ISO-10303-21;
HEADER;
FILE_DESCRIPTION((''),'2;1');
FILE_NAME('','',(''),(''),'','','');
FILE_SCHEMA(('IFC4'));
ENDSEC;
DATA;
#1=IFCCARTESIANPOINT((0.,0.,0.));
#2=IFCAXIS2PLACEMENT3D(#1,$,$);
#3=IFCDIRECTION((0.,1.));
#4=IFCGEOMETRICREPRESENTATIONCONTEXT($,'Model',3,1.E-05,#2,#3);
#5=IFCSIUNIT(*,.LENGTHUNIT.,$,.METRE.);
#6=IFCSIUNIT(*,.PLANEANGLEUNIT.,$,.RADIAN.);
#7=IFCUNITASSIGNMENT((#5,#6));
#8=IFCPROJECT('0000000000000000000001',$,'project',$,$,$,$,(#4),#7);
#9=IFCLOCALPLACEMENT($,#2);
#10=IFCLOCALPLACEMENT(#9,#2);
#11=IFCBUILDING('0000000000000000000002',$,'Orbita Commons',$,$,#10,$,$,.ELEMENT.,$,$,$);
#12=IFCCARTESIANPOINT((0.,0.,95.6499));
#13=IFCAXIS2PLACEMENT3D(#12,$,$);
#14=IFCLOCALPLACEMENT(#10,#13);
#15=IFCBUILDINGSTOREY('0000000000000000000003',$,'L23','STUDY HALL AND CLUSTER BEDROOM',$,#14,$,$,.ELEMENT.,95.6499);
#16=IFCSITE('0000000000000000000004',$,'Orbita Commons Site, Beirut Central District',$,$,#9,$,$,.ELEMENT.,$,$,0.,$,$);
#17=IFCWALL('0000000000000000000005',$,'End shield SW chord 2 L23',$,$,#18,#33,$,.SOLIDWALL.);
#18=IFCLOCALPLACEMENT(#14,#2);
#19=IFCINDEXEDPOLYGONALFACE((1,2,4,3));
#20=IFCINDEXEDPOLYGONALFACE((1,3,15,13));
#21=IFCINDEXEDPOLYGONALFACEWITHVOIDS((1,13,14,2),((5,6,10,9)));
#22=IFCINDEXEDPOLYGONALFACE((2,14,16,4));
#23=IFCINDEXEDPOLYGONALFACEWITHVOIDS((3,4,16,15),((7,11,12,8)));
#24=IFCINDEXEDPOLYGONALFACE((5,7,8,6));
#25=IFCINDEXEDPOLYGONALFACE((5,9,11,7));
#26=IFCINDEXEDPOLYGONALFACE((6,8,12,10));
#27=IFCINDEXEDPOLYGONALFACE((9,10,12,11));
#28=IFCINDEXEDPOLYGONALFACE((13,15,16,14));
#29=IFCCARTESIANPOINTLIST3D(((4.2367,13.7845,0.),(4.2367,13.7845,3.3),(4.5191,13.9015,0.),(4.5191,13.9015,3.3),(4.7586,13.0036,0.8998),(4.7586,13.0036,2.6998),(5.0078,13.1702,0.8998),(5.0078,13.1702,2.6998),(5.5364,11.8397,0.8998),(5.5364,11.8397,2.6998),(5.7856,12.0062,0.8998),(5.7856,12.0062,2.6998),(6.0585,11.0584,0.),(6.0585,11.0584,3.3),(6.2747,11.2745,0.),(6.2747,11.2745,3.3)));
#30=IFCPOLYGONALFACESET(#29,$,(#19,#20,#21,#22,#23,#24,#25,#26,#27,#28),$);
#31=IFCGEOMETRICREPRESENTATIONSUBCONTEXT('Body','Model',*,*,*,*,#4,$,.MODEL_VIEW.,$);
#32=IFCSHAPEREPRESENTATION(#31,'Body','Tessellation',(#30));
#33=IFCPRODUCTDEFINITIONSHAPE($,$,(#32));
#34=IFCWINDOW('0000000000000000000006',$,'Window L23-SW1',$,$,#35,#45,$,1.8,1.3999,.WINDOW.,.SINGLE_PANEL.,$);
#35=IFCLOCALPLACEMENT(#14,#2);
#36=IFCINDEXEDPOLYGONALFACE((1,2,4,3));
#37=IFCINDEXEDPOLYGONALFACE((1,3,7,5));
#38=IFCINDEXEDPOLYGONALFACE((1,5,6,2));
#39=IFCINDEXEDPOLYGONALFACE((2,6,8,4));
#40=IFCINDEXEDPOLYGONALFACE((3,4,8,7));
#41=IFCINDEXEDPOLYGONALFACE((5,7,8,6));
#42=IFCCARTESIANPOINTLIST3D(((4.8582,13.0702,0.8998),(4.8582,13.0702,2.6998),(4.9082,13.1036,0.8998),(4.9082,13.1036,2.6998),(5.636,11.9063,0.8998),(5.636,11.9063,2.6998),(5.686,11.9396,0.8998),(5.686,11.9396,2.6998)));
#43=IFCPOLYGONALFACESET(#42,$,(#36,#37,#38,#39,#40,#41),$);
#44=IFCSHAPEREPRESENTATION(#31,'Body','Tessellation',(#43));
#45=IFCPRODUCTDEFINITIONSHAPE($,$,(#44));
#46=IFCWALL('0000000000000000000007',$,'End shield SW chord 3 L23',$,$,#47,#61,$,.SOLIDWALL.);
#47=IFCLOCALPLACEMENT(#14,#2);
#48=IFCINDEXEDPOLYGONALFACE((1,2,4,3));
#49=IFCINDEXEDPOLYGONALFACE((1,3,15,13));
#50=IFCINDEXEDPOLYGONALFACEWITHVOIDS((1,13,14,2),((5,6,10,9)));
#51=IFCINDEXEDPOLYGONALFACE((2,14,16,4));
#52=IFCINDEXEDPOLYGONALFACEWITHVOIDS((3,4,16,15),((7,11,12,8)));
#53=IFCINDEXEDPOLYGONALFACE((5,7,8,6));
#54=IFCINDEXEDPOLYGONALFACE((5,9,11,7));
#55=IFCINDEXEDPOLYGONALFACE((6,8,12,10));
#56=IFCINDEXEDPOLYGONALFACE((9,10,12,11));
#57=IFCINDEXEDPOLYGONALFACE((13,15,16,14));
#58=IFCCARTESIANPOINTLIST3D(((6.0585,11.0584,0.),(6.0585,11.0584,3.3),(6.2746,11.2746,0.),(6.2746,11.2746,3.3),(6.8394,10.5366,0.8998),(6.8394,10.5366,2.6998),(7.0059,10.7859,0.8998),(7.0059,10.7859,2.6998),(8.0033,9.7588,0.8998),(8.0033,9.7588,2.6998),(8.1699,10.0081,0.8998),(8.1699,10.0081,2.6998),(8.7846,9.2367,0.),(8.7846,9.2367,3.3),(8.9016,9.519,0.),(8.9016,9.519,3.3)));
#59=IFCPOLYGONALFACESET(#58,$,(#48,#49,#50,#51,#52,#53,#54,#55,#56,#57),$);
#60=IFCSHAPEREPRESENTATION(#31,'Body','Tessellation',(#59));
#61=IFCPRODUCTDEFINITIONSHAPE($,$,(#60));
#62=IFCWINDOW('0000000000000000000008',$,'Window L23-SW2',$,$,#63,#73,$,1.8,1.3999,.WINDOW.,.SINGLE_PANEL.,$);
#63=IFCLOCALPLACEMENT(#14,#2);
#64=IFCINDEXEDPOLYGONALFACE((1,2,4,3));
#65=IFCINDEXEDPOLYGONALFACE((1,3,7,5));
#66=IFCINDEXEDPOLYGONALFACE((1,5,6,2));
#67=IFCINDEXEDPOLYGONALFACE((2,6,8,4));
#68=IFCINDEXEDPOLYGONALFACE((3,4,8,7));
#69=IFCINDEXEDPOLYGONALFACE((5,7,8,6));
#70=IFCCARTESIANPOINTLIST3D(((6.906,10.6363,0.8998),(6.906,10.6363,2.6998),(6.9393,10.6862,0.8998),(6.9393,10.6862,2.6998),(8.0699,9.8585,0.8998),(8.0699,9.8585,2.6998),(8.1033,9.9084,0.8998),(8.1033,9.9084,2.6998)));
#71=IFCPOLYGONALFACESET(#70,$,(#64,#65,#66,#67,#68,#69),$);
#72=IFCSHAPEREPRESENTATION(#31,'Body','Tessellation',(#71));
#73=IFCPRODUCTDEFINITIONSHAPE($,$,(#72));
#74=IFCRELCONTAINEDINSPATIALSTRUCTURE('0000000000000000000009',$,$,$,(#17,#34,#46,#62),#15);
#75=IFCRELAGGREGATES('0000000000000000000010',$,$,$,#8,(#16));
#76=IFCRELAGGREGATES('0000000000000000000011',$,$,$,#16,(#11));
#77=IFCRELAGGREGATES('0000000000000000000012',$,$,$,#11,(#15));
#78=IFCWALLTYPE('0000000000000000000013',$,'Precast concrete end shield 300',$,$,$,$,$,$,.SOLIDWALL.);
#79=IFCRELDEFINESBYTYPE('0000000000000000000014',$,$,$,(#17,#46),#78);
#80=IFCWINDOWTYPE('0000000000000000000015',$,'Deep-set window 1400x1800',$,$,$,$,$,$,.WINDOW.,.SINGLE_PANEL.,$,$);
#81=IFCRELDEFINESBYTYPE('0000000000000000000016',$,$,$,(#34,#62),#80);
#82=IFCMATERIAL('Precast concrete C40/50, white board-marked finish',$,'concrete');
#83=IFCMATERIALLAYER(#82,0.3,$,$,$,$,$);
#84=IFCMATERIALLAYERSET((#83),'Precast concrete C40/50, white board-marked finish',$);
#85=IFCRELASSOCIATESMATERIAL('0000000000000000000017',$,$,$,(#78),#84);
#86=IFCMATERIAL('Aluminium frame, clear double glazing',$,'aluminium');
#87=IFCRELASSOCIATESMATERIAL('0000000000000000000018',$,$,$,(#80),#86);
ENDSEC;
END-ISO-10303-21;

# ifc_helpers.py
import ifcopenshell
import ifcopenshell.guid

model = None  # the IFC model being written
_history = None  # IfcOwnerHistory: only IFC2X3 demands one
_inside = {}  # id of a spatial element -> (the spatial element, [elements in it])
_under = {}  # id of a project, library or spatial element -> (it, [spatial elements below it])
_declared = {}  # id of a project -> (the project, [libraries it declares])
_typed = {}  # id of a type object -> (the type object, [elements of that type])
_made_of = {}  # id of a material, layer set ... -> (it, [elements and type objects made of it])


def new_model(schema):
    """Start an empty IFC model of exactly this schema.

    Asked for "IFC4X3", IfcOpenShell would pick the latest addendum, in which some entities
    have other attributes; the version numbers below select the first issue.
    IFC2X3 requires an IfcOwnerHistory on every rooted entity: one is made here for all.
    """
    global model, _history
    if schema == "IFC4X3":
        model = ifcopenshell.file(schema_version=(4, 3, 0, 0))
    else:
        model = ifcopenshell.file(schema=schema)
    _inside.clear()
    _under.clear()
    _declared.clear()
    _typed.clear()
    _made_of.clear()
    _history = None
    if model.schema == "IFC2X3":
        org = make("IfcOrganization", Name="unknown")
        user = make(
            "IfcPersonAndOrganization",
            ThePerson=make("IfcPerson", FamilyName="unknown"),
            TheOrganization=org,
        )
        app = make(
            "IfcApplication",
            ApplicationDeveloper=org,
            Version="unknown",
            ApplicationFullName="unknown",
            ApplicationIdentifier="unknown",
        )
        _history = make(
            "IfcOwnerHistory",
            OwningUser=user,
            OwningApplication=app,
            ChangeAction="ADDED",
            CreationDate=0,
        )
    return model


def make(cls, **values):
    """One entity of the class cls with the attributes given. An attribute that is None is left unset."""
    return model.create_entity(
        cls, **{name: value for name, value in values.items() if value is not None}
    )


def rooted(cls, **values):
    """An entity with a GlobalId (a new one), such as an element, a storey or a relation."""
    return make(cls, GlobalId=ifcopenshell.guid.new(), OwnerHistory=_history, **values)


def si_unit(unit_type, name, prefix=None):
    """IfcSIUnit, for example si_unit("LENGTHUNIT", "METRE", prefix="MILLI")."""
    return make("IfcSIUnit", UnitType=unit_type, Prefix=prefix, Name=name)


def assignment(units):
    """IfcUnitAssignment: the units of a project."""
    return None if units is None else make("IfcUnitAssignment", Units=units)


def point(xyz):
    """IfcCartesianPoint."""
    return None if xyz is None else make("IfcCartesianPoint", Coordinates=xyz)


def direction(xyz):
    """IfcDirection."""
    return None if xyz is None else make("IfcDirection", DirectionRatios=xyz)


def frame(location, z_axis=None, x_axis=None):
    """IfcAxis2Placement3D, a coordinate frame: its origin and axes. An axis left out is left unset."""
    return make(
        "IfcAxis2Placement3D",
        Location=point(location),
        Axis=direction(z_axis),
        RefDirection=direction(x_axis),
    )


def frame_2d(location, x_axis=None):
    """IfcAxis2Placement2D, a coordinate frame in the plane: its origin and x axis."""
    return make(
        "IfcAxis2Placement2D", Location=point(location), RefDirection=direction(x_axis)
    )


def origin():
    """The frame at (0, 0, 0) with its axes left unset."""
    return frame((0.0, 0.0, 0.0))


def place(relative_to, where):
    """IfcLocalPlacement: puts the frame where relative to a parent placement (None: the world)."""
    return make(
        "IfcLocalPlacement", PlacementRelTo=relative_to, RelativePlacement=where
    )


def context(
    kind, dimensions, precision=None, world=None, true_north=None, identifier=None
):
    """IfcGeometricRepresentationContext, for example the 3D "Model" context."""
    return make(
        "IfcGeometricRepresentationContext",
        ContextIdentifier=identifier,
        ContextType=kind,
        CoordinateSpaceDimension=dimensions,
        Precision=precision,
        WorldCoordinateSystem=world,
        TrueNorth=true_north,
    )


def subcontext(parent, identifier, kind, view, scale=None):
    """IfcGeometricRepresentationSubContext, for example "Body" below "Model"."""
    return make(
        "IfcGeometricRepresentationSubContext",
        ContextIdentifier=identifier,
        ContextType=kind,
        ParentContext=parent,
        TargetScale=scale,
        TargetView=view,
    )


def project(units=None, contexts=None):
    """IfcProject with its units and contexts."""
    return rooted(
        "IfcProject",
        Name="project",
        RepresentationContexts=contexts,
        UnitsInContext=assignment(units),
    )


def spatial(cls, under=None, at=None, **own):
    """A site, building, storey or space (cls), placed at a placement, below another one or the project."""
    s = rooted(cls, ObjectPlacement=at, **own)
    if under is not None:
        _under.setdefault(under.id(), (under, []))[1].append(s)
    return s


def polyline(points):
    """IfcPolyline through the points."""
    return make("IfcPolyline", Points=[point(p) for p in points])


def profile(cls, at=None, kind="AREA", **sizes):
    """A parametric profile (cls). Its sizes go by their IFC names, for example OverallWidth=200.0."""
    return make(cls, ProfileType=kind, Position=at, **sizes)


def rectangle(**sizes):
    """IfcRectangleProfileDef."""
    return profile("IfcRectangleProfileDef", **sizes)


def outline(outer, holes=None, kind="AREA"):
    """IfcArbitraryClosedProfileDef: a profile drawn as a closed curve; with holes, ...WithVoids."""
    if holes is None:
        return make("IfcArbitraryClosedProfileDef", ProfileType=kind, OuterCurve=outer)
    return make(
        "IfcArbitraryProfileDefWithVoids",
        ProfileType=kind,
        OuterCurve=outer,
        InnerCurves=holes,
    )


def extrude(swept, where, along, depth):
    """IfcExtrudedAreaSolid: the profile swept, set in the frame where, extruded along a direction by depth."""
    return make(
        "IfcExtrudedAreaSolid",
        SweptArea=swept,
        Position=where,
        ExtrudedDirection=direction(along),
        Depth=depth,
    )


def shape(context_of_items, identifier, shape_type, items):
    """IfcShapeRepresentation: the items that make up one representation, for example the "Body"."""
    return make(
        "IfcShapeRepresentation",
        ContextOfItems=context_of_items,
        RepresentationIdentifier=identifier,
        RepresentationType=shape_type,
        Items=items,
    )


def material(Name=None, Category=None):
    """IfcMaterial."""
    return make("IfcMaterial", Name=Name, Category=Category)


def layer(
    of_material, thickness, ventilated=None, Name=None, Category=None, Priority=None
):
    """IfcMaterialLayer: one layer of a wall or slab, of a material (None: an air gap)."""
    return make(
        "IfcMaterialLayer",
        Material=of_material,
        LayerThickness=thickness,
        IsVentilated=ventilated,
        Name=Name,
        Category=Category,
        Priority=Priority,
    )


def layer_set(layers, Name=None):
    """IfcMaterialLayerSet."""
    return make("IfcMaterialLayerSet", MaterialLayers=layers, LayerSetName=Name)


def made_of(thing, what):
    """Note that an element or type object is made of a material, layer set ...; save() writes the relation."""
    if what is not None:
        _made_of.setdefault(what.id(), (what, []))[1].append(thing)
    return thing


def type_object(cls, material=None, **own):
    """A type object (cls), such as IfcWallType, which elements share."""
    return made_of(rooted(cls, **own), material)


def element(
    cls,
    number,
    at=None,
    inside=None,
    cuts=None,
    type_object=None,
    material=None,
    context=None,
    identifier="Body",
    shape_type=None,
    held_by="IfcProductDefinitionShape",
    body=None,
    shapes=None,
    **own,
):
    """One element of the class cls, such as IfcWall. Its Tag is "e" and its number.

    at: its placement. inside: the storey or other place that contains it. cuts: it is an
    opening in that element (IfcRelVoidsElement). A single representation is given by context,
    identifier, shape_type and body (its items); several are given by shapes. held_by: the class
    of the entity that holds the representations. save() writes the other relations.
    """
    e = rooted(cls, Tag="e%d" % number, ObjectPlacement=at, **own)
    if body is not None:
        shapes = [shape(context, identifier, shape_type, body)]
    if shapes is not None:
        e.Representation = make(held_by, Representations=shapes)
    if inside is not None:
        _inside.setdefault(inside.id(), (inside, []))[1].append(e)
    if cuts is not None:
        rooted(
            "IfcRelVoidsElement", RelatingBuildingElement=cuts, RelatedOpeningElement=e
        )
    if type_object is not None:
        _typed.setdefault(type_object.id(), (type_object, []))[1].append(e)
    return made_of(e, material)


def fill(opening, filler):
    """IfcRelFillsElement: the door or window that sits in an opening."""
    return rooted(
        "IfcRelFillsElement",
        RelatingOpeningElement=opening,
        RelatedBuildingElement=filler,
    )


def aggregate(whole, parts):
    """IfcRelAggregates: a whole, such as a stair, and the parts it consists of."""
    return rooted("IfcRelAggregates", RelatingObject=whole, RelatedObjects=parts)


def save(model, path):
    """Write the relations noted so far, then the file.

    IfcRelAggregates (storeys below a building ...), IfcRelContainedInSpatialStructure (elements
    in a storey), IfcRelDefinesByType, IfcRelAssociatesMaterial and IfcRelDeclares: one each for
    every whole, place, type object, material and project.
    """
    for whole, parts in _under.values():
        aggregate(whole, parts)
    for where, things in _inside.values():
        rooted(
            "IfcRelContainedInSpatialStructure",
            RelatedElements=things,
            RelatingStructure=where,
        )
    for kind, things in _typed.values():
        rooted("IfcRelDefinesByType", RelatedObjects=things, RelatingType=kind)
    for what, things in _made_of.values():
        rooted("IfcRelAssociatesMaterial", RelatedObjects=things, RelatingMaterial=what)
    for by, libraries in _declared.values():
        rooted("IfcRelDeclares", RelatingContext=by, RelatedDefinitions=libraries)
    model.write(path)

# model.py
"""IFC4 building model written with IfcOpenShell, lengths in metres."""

from ifc_helpers import new_model, si_unit, direction, frame, frame_2d, origin, place, context, subcontext, project, spatial, polyline, rectangle, outline, extrude, material, layer, layer_set, type_object, element, fill, save


model = new_model("IFC4")

# Units and contexts
model_context = context("Model", 3, precision=1e-05, world=origin(), true_north=direction((0.0, 1.0)))
body_context = subcontext(model_context, "Body", "Model", "MODEL_VIEW")
ifc_project = project(units=[si_unit("LENGTHUNIT", "METRE"), si_unit("PLANEANGLEUNIT", "RADIAN")], contexts=[model_context])

# Site, building, storey
site_placement = place(None, origin())
site = spatial("IfcSite", under=ifc_project, at=site_placement, Name="Orbita Commons Site, Beirut Central District", CompositionType="ELEMENT", RefElevation=0.0)
building_placement = place(site_placement, origin())
building = spatial("IfcBuilding", under=site, at=building_placement, Name="Orbita Commons", CompositionType="ELEMENT")
storey_placement = place(building_placement, frame((0.0, 0.0, 95.6499)))
storey = spatial("IfcBuildingStorey", under=building, at=storey_placement, Name="L23", Description="STUDY HALL AND CLUSTER BEDROOM", CompositionType="ELEMENT", Elevation=95.6499)

# Walls, openings, windows
ifc_material_1 = material(Name="Precast concrete C40/50, white board-marked finish", Category="concrete")
ifc_layer_1 = layer(ifc_material_1, 0.3)
ifc_layer_set_1 = layer_set([ifc_layer_1], Name="Precast concrete C40/50, white board-marked finish")
wall_type_1 = type_object("IfcWallType", Name="Precast concrete end shield 300", PredefinedType="SOLIDWALL", material=ifc_layer_set_1)
ifc_material_2 = material(Name="Aluminium frame, clear double glazing", Category="aluminium")
window_type = type_object("IfcWindowType", Name="Deep-set window 1400x1800", PartitioningType="SINGLE_PANEL", PredefinedType="WINDOW", material=ifc_material_2)
wall_1_placement = place(storey_placement, frame((4.3779, 13.843, 0.0), z_axis=(0.0, 0.0, 1.0), x_axis=(0.55561, -0.831443, 0.0)))
wall_1 = element("IfcWall", 1, at=wall_1_placement, inside=storey, type_object=wall_type_1, Name="End shield SW chord 2 L23", PredefinedType="SOLIDWALL", context=body_context, shape_type="SweptSolid", body=[
    extrude(outline(polyline([(-0.0298, -0.1499), (3.249, -0.1499), (3.1895, 0.1499), (0.0298, 0.1499), (-0.0298, -0.1499)])), origin(), (0.0, 0.0, 1.0), 3.3),
])
opening_1_placement = place(wall_1_placement, frame((0.9094, 0.0, 0.8999)))
opening_1 = element("IfcOpeningElement", 2, at=opening_1_placement, cuts=wall_1, PredefinedType="OPENING", context=body_context, shape_type="SweptSolid", body=[
    extrude(rectangle(XDim=1.3999, YDim=1.8, at=frame_2d((0.7, 0.8999))), frame((0.0, 0.1599, 0.0), z_axis=(0.0, -1.0, 0.0), x_axis=(1.0, 0.0, 0.0)), (0.0, 0.0, 1.0), 0.3201),
])
window_1_placement = place(opening_1_placement, origin())
window_1 = element("IfcWindow", 3, at=window_1_placement, inside=storey, type_object=window_type, Name="Window L23-SW1", OverallHeight=1.8, OverallWidth=1.3999, PartitioningType="SINGLE_PANEL", PredefinedType="WINDOW", context=body_context, shape_type="SweptSolid", body=[
    extrude(rectangle(XDim=1.3999, YDim=1.8, at=frame_2d((0.7, 0.8999))), frame((0.0, 0.03, 0.0), z_axis=(0.0, -1.0, 0.0), x_axis=(1.0, 0.0, 0.0)), (0.0, 0.0, 1.0), 0.0601),
])
fill(opening_1, window_1)
wall_2_placement = place(storey_placement, frame((6.1665, 11.1665, 0.0), z_axis=(0.0, 0.0, 1.0), x_axis=(0.831443, -0.55561, 0.0)))
wall_2 = element("IfcWall", 4, at=wall_2_placement, inside=storey, type_object=wall_type_1, Name="End shield SW chord 3 L23", PredefinedType="SOLIDWALL", context=body_context, shape_type="SweptSolid", body=[
    extrude(outline(polyline([(-0.0298, -0.1499), (3.249, -0.1499), (3.1895, 0.1499), (0.0298, 0.1499), (-0.0298, -0.1499)])), origin(), (0.0, 0.0, 1.0), 3.3),
])
opening_2_placement = place(wall_2_placement, frame((0.9094, 0.0, 0.8999)))
opening_2 = element("IfcOpeningElement", 5, at=opening_2_placement, cuts=wall_2, PredefinedType="OPENING", context=body_context, shape_type="SweptSolid", body=[
    extrude(rectangle(XDim=1.3999, YDim=1.8, at=frame_2d((0.7, 0.8999))), frame((0.0, 0.1599, 0.0), z_axis=(0.0, -1.0, 0.0), x_axis=(1.0, 0.0, 0.0)), (0.0, 0.0, 1.0), 0.3201),
])
window_2_placement = place(opening_2_placement, origin())
window_2 = element("IfcWindow", 6, at=window_2_placement, inside=storey, type_object=window_type, Name="Window L23-SW2", OverallHeight=1.8, OverallWidth=1.3999, PartitioningType="SINGLE_PANEL", PredefinedType="WINDOW", context=body_context, shape_type="SweptSolid", body=[
    extrude(rectangle(XDim=1.3999, YDim=1.8, at=frame_2d((0.7, 0.8999))), frame((0.0, 0.03, 0.0), z_axis=(0.0, -1.0, 0.0), x_axis=(1.0, 0.0, 0.0)), (0.0, 0.0, 1.0), 0.0601),
])
fill(opening_2, window_2)

save(model, "model.ifc")
